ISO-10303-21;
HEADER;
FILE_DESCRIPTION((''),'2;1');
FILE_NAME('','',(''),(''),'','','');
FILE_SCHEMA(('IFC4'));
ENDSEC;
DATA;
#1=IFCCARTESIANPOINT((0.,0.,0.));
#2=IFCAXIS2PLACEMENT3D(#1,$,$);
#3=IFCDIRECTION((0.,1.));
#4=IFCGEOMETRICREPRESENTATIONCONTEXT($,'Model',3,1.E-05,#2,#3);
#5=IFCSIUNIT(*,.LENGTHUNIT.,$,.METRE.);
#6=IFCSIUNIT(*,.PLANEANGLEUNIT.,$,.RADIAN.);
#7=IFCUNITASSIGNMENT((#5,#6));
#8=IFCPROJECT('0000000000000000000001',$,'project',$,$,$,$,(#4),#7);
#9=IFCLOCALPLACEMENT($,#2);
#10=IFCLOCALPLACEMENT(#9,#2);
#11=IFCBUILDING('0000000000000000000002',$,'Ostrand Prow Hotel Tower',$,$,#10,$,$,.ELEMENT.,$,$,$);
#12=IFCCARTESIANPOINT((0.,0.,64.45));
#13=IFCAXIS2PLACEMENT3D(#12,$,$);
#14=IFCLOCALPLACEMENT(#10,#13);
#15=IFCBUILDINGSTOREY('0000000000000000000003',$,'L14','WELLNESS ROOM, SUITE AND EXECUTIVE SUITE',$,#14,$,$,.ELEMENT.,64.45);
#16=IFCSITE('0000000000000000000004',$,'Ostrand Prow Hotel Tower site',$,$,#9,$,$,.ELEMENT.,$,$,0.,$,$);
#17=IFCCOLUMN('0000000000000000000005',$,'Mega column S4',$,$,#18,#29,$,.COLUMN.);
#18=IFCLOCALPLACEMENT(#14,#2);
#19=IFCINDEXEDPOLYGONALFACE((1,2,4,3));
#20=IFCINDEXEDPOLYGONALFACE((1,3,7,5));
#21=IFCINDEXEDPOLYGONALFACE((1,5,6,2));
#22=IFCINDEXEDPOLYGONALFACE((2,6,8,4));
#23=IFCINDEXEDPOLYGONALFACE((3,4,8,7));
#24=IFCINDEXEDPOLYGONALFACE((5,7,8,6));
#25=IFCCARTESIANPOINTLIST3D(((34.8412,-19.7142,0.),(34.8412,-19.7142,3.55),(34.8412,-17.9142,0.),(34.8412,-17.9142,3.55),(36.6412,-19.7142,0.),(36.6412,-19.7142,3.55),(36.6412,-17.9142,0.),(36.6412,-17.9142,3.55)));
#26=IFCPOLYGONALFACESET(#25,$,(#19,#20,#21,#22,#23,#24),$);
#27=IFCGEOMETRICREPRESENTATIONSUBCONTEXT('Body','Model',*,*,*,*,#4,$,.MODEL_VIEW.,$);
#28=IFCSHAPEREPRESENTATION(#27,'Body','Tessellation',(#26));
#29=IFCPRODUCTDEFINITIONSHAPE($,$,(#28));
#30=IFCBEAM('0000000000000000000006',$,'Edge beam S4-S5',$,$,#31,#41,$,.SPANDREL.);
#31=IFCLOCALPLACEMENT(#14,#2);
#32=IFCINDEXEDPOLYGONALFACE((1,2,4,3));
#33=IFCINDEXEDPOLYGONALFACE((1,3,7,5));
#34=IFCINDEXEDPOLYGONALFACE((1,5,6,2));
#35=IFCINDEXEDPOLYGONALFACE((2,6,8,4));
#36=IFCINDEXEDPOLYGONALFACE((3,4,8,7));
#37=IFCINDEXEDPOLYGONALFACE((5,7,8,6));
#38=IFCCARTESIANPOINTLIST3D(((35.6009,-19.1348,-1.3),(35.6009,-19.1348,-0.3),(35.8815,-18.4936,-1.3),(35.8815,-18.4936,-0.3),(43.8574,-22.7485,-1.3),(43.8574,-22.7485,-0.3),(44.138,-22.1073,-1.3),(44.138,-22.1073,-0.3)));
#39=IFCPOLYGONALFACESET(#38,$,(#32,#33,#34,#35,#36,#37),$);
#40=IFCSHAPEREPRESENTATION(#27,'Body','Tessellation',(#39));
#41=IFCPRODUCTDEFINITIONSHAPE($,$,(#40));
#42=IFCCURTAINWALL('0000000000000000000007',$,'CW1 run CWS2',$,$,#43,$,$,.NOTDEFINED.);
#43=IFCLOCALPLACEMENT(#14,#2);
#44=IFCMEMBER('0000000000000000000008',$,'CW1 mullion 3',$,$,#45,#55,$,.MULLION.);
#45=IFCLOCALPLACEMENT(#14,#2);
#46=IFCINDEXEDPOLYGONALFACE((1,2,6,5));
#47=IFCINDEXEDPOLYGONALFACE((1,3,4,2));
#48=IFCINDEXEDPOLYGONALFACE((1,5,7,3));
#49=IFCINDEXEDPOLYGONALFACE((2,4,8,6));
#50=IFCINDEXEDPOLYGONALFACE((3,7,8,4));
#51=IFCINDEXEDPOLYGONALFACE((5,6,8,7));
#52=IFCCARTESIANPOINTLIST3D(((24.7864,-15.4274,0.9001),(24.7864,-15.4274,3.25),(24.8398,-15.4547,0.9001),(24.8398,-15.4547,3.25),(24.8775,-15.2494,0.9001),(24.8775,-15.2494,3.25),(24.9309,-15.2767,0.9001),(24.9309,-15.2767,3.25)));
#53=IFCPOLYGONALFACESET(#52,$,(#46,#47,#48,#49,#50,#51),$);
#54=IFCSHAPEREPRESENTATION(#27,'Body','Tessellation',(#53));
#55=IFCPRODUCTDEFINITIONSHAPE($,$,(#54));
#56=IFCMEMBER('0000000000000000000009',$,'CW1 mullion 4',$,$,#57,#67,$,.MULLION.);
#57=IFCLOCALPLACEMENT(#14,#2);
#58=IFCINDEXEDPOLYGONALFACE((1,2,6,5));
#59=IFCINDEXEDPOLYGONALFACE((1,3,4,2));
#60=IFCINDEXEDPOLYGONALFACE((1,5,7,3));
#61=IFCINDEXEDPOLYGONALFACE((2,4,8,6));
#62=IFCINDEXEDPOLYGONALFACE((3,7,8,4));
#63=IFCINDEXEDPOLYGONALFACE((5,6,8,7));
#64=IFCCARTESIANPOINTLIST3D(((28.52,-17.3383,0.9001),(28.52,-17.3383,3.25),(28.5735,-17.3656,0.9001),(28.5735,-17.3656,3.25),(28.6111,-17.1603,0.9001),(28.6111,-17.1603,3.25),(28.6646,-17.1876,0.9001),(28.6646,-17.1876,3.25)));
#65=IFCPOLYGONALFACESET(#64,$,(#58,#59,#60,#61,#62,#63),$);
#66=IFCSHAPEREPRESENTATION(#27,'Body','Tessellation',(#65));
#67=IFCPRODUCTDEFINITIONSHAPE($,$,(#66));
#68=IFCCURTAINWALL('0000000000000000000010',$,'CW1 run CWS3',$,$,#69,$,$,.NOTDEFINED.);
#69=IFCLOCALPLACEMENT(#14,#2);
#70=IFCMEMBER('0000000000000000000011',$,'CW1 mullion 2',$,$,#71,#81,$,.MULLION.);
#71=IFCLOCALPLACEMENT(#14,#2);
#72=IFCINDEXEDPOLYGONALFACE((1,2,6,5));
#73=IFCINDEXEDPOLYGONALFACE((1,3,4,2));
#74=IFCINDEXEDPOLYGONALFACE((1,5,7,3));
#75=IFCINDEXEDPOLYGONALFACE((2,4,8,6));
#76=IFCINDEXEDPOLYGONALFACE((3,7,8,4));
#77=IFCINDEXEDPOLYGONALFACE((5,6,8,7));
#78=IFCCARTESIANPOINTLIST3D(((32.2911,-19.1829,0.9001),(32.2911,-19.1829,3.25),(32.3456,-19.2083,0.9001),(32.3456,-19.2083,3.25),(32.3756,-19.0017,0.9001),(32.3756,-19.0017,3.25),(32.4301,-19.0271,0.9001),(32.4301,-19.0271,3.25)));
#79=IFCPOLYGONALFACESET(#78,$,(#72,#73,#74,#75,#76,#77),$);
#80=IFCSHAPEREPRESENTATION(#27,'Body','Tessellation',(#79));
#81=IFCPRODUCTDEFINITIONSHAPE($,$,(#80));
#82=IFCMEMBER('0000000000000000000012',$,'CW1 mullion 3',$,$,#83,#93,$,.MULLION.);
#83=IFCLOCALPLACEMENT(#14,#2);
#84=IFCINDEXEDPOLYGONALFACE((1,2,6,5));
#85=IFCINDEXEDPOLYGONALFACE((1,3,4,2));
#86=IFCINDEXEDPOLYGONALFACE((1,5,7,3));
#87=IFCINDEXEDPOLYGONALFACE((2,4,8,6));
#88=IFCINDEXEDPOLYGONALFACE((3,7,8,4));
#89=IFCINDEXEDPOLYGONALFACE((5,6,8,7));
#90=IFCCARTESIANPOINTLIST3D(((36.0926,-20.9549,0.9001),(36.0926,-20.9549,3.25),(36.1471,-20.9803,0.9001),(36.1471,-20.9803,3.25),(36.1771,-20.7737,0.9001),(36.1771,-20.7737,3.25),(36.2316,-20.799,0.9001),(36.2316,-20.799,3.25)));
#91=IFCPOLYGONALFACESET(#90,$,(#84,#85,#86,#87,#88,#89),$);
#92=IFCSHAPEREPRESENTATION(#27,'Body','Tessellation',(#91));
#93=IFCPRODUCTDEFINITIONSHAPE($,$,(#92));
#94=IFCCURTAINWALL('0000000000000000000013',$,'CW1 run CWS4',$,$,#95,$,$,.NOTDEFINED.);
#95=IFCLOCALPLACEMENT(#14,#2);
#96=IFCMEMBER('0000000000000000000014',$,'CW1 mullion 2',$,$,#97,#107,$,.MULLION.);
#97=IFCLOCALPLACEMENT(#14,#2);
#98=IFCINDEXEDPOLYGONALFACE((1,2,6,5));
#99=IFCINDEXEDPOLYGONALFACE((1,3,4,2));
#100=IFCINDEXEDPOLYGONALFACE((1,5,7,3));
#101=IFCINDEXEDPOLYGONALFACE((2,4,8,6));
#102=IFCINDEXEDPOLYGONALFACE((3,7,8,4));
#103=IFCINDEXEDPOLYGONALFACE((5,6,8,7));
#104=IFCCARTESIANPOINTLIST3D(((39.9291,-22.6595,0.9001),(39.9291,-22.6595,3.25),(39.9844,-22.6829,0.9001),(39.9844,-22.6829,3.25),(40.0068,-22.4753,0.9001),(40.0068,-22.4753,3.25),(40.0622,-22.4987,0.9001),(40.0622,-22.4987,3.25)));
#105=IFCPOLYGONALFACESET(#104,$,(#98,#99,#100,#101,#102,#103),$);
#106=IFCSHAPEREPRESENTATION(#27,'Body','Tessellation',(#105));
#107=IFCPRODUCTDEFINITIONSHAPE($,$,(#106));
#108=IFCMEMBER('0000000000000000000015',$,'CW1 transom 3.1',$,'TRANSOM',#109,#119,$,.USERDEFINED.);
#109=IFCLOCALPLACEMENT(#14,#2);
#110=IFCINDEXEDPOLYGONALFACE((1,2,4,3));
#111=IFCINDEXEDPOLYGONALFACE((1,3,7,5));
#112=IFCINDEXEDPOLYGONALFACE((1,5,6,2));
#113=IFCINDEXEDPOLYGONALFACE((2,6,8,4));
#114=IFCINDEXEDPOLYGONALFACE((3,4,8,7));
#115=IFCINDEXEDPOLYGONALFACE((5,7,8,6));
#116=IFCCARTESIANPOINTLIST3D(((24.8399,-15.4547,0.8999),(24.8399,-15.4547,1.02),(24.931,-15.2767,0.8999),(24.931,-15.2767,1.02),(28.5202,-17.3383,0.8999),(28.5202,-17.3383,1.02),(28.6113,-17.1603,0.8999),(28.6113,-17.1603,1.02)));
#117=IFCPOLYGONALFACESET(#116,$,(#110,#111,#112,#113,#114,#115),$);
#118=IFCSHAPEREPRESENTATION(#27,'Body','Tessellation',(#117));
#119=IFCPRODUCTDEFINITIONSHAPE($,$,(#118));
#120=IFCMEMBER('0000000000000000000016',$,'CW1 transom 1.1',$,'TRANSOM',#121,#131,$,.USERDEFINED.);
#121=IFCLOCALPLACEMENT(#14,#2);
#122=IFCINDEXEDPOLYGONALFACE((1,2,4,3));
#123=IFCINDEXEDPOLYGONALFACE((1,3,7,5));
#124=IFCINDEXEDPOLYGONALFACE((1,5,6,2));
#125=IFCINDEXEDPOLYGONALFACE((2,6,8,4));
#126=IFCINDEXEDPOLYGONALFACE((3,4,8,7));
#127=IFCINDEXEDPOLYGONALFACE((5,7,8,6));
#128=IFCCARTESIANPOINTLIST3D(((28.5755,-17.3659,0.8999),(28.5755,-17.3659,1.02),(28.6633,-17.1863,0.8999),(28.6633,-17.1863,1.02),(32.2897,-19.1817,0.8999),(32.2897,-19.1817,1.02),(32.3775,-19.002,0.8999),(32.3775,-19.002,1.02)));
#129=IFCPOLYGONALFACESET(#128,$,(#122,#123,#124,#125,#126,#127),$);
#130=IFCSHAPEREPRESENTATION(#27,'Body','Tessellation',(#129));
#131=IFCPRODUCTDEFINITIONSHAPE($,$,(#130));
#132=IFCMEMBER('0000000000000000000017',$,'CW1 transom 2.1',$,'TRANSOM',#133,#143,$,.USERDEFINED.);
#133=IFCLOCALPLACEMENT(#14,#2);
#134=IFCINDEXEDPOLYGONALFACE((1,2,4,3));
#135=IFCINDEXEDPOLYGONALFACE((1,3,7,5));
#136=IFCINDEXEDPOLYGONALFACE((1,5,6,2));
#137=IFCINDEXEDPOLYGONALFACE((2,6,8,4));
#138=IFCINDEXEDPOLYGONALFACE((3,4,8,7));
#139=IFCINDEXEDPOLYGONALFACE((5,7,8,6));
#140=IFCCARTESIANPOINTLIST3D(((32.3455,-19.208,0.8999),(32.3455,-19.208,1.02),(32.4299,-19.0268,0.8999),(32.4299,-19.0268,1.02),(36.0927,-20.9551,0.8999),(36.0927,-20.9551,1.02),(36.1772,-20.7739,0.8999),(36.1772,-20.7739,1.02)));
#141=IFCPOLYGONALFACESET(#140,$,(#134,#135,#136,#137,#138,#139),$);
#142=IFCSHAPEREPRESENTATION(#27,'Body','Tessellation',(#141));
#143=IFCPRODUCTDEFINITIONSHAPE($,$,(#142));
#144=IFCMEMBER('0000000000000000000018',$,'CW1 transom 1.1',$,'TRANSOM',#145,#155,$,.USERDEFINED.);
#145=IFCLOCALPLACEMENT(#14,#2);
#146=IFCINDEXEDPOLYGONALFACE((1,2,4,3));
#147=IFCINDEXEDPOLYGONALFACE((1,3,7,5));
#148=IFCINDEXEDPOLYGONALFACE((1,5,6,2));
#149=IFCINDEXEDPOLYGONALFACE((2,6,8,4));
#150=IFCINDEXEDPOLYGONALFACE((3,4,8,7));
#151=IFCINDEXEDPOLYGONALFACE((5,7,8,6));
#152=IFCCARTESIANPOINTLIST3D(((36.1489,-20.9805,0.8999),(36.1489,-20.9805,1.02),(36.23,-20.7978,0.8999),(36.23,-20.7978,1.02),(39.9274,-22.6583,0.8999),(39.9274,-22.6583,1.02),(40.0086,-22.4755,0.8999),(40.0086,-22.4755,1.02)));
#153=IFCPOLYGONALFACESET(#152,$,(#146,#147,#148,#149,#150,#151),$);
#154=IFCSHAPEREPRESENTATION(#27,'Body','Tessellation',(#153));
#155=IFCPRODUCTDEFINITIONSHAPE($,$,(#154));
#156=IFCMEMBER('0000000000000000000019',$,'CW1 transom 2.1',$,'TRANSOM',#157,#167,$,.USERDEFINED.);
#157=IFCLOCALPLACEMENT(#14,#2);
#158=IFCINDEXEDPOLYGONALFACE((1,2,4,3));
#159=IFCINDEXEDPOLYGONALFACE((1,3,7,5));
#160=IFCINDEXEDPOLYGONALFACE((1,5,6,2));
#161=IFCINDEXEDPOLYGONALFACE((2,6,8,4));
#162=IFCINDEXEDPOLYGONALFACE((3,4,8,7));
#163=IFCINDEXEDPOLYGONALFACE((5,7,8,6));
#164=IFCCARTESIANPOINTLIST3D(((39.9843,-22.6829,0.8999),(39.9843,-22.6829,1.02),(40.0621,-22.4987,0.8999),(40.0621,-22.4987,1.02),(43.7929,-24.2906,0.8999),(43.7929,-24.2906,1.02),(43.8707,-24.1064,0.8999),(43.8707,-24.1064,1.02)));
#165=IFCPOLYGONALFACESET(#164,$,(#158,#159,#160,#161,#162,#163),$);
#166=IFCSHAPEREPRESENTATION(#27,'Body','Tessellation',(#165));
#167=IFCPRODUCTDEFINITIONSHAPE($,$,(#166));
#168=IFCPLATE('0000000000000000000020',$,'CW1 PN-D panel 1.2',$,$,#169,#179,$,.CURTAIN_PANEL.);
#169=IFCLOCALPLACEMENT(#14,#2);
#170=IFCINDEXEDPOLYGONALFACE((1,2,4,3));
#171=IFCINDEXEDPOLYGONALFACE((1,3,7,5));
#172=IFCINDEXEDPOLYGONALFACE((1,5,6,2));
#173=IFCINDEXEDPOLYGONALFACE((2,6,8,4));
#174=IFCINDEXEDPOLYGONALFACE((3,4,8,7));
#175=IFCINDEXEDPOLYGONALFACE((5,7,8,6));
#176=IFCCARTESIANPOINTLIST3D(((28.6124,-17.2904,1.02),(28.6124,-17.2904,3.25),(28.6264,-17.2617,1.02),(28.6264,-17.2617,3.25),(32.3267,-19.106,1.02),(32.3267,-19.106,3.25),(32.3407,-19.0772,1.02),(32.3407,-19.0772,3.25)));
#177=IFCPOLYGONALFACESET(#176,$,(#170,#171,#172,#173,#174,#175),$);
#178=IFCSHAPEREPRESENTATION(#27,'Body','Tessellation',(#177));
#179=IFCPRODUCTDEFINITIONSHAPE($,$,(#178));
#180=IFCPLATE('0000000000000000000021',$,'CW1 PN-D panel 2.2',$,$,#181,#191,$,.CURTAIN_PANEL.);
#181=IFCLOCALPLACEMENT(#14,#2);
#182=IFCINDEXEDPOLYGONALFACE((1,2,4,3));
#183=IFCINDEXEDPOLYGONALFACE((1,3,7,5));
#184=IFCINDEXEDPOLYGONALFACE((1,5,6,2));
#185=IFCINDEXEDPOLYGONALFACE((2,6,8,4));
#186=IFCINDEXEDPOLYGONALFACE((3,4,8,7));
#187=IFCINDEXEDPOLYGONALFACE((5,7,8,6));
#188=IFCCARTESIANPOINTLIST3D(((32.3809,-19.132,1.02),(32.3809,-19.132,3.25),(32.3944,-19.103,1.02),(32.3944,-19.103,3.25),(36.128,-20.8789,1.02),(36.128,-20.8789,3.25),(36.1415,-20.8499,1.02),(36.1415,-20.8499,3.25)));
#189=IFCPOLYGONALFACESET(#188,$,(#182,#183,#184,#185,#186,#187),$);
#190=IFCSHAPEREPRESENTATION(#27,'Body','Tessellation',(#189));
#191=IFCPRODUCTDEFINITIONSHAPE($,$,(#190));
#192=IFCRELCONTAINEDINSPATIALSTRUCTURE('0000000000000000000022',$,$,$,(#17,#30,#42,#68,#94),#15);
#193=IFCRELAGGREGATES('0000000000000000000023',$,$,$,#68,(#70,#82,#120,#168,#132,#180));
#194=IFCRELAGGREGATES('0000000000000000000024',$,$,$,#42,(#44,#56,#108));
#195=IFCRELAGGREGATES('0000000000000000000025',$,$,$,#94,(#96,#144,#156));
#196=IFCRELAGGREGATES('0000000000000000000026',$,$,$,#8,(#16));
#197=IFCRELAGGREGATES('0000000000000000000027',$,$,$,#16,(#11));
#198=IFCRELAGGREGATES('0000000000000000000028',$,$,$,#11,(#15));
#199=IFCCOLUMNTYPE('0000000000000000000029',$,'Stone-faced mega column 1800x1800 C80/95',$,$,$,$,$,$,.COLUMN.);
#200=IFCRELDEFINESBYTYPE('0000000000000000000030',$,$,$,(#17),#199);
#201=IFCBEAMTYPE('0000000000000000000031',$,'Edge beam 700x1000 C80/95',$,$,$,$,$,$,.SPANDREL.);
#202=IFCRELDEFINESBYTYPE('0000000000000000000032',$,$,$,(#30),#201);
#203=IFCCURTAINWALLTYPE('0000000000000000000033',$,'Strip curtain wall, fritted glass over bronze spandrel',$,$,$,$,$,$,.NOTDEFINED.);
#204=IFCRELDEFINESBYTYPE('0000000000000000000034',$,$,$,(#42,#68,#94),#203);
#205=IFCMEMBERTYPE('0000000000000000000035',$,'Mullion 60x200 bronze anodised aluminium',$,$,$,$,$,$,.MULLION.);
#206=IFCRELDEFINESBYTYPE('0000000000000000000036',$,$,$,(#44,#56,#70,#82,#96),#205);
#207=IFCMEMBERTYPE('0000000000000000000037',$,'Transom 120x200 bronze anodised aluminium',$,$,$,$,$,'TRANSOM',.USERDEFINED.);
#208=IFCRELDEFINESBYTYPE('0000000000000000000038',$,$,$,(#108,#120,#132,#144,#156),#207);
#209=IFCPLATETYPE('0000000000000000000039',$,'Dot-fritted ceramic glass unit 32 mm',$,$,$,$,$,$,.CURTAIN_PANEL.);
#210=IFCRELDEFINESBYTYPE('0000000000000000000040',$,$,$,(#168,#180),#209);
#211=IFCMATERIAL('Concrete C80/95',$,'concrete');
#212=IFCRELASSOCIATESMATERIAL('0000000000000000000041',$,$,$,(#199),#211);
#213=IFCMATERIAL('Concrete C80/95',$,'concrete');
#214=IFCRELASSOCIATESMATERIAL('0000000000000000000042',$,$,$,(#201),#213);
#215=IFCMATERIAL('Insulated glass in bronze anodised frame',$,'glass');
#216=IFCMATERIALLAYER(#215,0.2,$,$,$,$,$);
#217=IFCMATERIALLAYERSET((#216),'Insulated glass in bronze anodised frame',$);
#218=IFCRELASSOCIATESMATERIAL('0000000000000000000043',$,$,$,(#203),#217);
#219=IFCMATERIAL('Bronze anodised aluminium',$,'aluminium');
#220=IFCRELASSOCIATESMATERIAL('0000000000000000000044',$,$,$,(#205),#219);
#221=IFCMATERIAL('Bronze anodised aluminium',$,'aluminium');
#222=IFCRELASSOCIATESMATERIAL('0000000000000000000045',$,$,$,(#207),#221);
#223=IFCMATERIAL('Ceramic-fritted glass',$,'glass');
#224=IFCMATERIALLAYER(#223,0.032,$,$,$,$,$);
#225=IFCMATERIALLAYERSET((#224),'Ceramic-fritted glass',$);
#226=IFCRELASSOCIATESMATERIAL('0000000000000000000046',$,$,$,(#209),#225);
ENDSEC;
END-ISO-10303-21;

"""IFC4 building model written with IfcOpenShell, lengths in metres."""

from ifc_helpers import new_model, si_unit, direction, frame, origin, origin_2d, place, context, subcontext, project, spatial, rectangle, extrude, material, layer, layer_set, material_profile, profile_set, type_object, element, aggregate, save


model = new_model("IFC4")

# Units and contexts
model_context = context("Model", 3, precision=1e-05, world=origin(), true_north=direction((0.0, 1.0)))
body_context = subcontext(model_context, "Body", "Model", "MODEL_VIEW")
ifc_project = project(units=[si_unit("LENGTHUNIT", "METRE"), si_unit("PLANEANGLEUNIT", "RADIAN")], contexts=[model_context])

# Site, building, storey
site_placement = place(None, origin())
site = spatial("IfcSite", under=ifc_project, at=site_placement, Name="Ostrand Prow Hotel Tower site", CompositionType="ELEMENT", RefElevation=0.0)
building_placement = place(site_placement, origin())
building = spatial("IfcBuilding", under=site, at=building_placement, Name="Ostrand Prow Hotel Tower", CompositionType="ELEMENT")
storey_placement = place(building_placement, frame((0.0, 0.0, 64.45)))
storey = spatial("IfcBuildingStorey", under=building, at=storey_placement, Name="L14", Description="WELLNESS ROOM, SUITE AND EXECUTIVE SUITE", CompositionType="ELEMENT", Elevation=64.45)

# Column
ifc_material_1 = material(Name="Concrete C80/95", Category="concrete")
ifc_material_profile_1 = material_profile(ifc_material_1, rectangle(XDim=1.8, YDim=1.8, at=origin_2d()), Name="RC 1800x1800")
ifc_profile_set_1 = profile_set([ifc_material_profile_1], Name="Concrete C80/95")
column_type = type_object("IfcColumnType", Name="Stone-faced mega column 1800x1800 C80/95", PredefinedType="COLUMN", material=ifc_profile_set_1)
column_placement = place(storey_placement, frame((35.7412, -18.8142, 0.0), z_axis=(0.0, 0.0, 1.0), x_axis=(1.0, 0.0, 0.0)))
element("IfcColumn", 1, at=column_placement, inside=storey, type_object=column_type, Name="Mega column S4", PredefinedType="COLUMN", context=body_context, shape_type="SweptSolid", body=[
    extrude(rectangle(XDim=1.8, YDim=1.8, at=origin_2d()), origin(), (0.0, 0.0, 1.0), 3.55),
])

# Beam
ifc_material_2 = material(Name="Concrete C80/95", Category="concrete")
ifc_material_profile_2 = material_profile(ifc_material_2, rectangle(XDim=0.7, YDim=1.0, at=origin_2d()), Name="RC 700x1000")
ifc_profile_set_2 = profile_set([ifc_material_profile_2], Name="Concrete C80/95")
beam_type = type_object("IfcBeamType", Name="Edge beam 700x1000 C80/95", PredefinedType="SPANDREL", material=ifc_profile_set_2)
beam_placement = place(storey_placement, frame((35.7412, -18.8142, -0.8), z_axis=(0.916096, -0.40096, 0.0), x_axis=(0.40096, 0.916096, 0.0)))
element("IfcBeam", 2, at=beam_placement, inside=storey, type_object=beam_type, Name="Edge beam S4-S5", PredefinedType="SPANDREL", context=body_context, shape_type="SweptSolid", body=[
    extrude(rectangle(XDim=0.7, YDim=1.0, at=origin_2d()), origin(), (0.0, 0.0, 1.0), 9.0127),
])

# Curtain walls, members
ifc_material_3 = material(Name="Insulated glass in bronze anodised frame", Category="glass")
ifc_layer_1 = layer(ifc_material_3, 0.2)
ifc_layer_set_1 = layer_set([ifc_layer_1], Name="Insulated glass in bronze anodised frame")
curtain_wall_type = type_object("IfcCurtainWallType", Name="Strip curtain wall, fritted glass over bronze spandrel", PredefinedType="NOTDEFINED", material=ifc_layer_set_1)
curtain_wall_1_placement = place(storey_placement, origin())
curtain_wall_1 = element("IfcCurtainWall", 3, at=curtain_wall_1_placement, inside=storey, type_object=curtain_wall_type, Name="CW1 run CWS2", PredefinedType="NOTDEFINED")
ifc_material_4 = material(Name="Bronze anodised aluminium", Category="aluminium")
ifc_material_profile_3 = material_profile(ifc_material_4, rectangle(XDim=0.2, YDim=0.0601, at=origin_2d()), Name="Mullion 60x200 bronze anodised aluminium")
ifc_profile_set_3 = profile_set([ifc_material_profile_3], Name="Bronze anodised aluminium")
member_type_1 = type_object("IfcMemberType", Name="Mullion 60x200 bronze anodised aluminium", PredefinedType="MULLION", material=ifc_profile_set_3)
member_1_placement = place(storey_placement, frame((24.8586, -15.3521, 0.9001), z_axis=(0.0, 0.0, 1.0), x_axis=(0.455596, 0.890187, 0.0)))
member_1 = element("IfcMember", 4, at=member_1_placement, type_object=member_type_1, Name="CW1 mullion 3", PredefinedType="MULLION", context=body_context, shape_type="SweptSolid", body=[
    extrude(rectangle(XDim=0.2, YDim=0.0601, at=origin_2d()), origin(), (0.0, 0.0, 1.0), 2.3499),
])
member_2_placement = place(storey_placement, frame((28.5923, -17.2629, 0.9001), z_axis=(0.0, 0.0, 1.0), x_axis=(0.455596, 0.890187, 0.0)))
member_2 = element("IfcMember", 5, at=member_2_placement, type_object=member_type_1, Name="CW1 mullion 4", PredefinedType="MULLION", context=body_context, shape_type="SweptSolid", body=[
    extrude(rectangle(XDim=0.2, YDim=0.0601, at=origin_2d()), origin(), (0.0, 0.0, 1.0), 2.3499),
])
curtain_wall_2_placement = place(storey_placement, origin())
curtain_wall_2 = element("IfcCurtainWall", 6, at=curtain_wall_2_placement, inside=storey, type_object=curtain_wall_type, Name="CW1 run CWS3", PredefinedType="NOTDEFINED")
member_3_placement = place(storey_placement, frame((32.3606, -19.105, 0.9001), z_axis=(0.0, 0.0, 1.0), x_axis=(0.42253, 0.906349, 0.0)))
member_3 = element("IfcMember", 7, at=member_3_placement, type_object=member_type_1, Name="CW1 mullion 2", PredefinedType="MULLION", context=body_context, shape_type="SweptSolid", body=[
    extrude(rectangle(XDim=0.2, YDim=0.0601, at=origin_2d()), origin(), (0.0, 0.0, 1.0), 2.3499),
])
member_4_placement = place(storey_placement, frame((36.1621, -20.877, 0.9001), z_axis=(0.0, 0.0, 1.0), x_axis=(0.42253, 0.906349, 0.0)))
member_4 = element("IfcMember", 8, at=member_4_placement, type_object=member_type_1, Name="CW1 mullion 3", PredefinedType="MULLION", context=body_context, shape_type="SweptSolid", body=[
    extrude(rectangle(XDim=0.2, YDim=0.0601, at=origin_2d()), origin(), (0.0, 0.0, 1.0), 2.3499),
])

# Curtain wall, member
curtain_wall_3_placement = place(storey_placement, origin())
curtain_wall_3 = element("IfcCurtainWall", 9, at=curtain_wall_3_placement, inside=storey, type_object=curtain_wall_type, Name="CW1 run CWS4", PredefinedType="NOTDEFINED")
member_5_placement = place(storey_placement, frame((39.9956, -22.5791, 0.9001), z_axis=(0.0, 0.0, 1.0), x_axis=(0.388892, 0.921283, 0.0)))
member_5 = element("IfcMember", 10, at=member_5_placement, type_object=member_type_1, Name="CW1 mullion 2", PredefinedType="MULLION", context=body_context, shape_type="SweptSolid", body=[
    extrude(rectangle(XDim=0.2, YDim=0.0601, at=origin_2d()), origin(), (0.0, 0.0, 1.0), 2.3499),
])

# Members
ifc_material_5 = material(Name="Bronze anodised aluminium", Category="aluminium")
ifc_material_profile_4 = material_profile(ifc_material_5, rectangle(XDim=0.2, YDim=0.1201, at=origin_2d()), Name="Transom 120x200 bronze anodised aluminium")
ifc_profile_set_4 = profile_set([ifc_material_profile_4], Name="Bronze anodised aluminium")
member_type_2 = type_object("IfcMemberType", Name="Transom 120x200 bronze anodised aluminium", ElementType="TRANSOM", PredefinedType="USERDEFINED", material=ifc_profile_set_4)
member_6_placement = place(storey_placement, frame((24.8855, -15.3657, 0.96), z_axis=(0.890183, -0.455603, 0.0), x_axis=(0.455603, 0.890183, 0.0)))
member_6 = element("IfcMember", 11, at=member_6_placement, type_object=member_type_2, Name="CW1 transom 3.1", ObjectType="TRANSOM", PredefinedType="USERDEFINED", context=body_context, shape_type="SweptSolid", body=[
    extrude(rectangle(XDim=0.2, YDim=0.1201, at=origin_2d()), origin(), (0.0, 0.0, 1.0), 4.1343),
])
member_7_placement = place(storey_placement, frame((28.6194, -17.2761, 0.96), z_axis=(0.898395, -0.439188, 0.0), x_axis=(0.439188, 0.898395, 0.0)))
member_7 = element("IfcMember", 12, at=member_7_placement, type_object=member_type_2, Name="CW1 transom 1.1", ObjectType="TRANSOM", PredefinedType="USERDEFINED", context=body_context, shape_type="SweptSolid", body=[
    extrude(rectangle(XDim=0.2, YDim=0.1201, at=origin_2d()), origin(), (0.0, 0.0, 1.0), 4.1343),
])
member_8_placement = place(storey_placement, frame((32.3877, -19.1174, 0.96), z_axis=(0.906338, -0.422552, 0.0), x_axis=(0.422552, 0.906338, 0.0)))
member_8 = element("IfcMember", 13, at=member_8_placement, type_object=member_type_2, Name="CW1 transom 2.1", ObjectType="TRANSOM", PredefinedType="USERDEFINED", context=body_context, shape_type="SweptSolid", body=[
    extrude(rectangle(XDim=0.2, YDim=0.1201, at=origin_2d()), origin(), (0.0, 0.0, 1.0), 4.1345),
])
member_9_placement = place(storey_placement, frame((36.1895, -20.8892, 0.96), z_axis=(0.913958, -0.40581, 0.0), x_axis=(0.40581, 0.913958, 0.0)))
member_9 = element("IfcMember", 14, at=member_9_placement, type_object=member_type_2, Name="CW1 transom 1.1", ObjectType="TRANSOM", PredefinedType="USERDEFINED", context=body_context, shape_type="SweptSolid", body=[
    extrude(rectangle(XDim=0.2, YDim=0.1201, at=origin_2d()), origin(), (0.0, 0.0, 1.0), 4.1343),
])
member_10_placement = place(storey_placement, frame((40.0232, -22.5908, 0.96), z_axis=(0.921285, -0.388888, 0.0), x_axis=(0.388888, 0.921285, 0.0)))
member_10 = element("IfcMember", 15, at=member_10_placement, type_object=member_type_2, Name="CW1 transom 2.1", ObjectType="TRANSOM", PredefinedType="USERDEFINED", context=body_context, shape_type="SweptSolid", body=[
    extrude(rectangle(XDim=0.2, YDim=0.1201, at=origin_2d()), origin(), (0.0, 0.0, 1.0), 4.134),
])

# Plates
ifc_material_6 = material(Name="Ceramic-fritted glass", Category="glass")
ifc_layer_2 = layer(ifc_material_6, 0.032)
ifc_layer_set_2 = layer_set([ifc_layer_2], Name="Ceramic-fritted glass")
plate_type_1 = type_object("IfcPlateType", Name="Dot-fritted ceramic glass unit 32 mm", PredefinedType="CURTAIN_PANEL", material=ifc_layer_set_2)
plate_1_placement = place(storey_placement, frame((30.4766, -18.1838, 1.02), z_axis=(0.0, 0.0, 1.0), x_axis=(0.89842, -0.439138, 0.0)))
plate_1 = element("IfcPlate", 16, at=plate_1_placement, type_object=plate_type_1, Name="CW1 PN-D panel 1.2", PredefinedType="CURTAIN_PANEL", context=body_context, shape_type="SweptSolid", body=[
    extrude(rectangle(XDim=4.1343, YDim=0.032, at=origin_2d()), origin(), (0.0, 0.0, 1.0), 2.23),
])
plate_2_placement = place(storey_placement, frame((34.2612, -19.991, 1.02), z_axis=(0.0, 0.0, 1.0), x_axis=(0.906349, -0.42253, 0.0)))
plate_2 = element("IfcPlate", 17, at=plate_2_placement, type_object=plate_type_1, Name="CW1 PN-D panel 2.2", PredefinedType="CURTAIN_PANEL", context=body_context, shape_type="SweptSolid", body=[
    extrude(rectangle(XDim=4.1343, YDim=0.032, at=origin_2d()), origin(), (0.0, 0.0, 1.0), 2.23),
])
aggregate(curtain_wall_2, [member_3, member_4, member_7, plate_1, member_8, plate_2])
aggregate(curtain_wall_1, [member_1, member_2, member_6])
aggregate(curtain_wall_3, [member_5, member_9, member_10])

save(model, "model.ifc")
